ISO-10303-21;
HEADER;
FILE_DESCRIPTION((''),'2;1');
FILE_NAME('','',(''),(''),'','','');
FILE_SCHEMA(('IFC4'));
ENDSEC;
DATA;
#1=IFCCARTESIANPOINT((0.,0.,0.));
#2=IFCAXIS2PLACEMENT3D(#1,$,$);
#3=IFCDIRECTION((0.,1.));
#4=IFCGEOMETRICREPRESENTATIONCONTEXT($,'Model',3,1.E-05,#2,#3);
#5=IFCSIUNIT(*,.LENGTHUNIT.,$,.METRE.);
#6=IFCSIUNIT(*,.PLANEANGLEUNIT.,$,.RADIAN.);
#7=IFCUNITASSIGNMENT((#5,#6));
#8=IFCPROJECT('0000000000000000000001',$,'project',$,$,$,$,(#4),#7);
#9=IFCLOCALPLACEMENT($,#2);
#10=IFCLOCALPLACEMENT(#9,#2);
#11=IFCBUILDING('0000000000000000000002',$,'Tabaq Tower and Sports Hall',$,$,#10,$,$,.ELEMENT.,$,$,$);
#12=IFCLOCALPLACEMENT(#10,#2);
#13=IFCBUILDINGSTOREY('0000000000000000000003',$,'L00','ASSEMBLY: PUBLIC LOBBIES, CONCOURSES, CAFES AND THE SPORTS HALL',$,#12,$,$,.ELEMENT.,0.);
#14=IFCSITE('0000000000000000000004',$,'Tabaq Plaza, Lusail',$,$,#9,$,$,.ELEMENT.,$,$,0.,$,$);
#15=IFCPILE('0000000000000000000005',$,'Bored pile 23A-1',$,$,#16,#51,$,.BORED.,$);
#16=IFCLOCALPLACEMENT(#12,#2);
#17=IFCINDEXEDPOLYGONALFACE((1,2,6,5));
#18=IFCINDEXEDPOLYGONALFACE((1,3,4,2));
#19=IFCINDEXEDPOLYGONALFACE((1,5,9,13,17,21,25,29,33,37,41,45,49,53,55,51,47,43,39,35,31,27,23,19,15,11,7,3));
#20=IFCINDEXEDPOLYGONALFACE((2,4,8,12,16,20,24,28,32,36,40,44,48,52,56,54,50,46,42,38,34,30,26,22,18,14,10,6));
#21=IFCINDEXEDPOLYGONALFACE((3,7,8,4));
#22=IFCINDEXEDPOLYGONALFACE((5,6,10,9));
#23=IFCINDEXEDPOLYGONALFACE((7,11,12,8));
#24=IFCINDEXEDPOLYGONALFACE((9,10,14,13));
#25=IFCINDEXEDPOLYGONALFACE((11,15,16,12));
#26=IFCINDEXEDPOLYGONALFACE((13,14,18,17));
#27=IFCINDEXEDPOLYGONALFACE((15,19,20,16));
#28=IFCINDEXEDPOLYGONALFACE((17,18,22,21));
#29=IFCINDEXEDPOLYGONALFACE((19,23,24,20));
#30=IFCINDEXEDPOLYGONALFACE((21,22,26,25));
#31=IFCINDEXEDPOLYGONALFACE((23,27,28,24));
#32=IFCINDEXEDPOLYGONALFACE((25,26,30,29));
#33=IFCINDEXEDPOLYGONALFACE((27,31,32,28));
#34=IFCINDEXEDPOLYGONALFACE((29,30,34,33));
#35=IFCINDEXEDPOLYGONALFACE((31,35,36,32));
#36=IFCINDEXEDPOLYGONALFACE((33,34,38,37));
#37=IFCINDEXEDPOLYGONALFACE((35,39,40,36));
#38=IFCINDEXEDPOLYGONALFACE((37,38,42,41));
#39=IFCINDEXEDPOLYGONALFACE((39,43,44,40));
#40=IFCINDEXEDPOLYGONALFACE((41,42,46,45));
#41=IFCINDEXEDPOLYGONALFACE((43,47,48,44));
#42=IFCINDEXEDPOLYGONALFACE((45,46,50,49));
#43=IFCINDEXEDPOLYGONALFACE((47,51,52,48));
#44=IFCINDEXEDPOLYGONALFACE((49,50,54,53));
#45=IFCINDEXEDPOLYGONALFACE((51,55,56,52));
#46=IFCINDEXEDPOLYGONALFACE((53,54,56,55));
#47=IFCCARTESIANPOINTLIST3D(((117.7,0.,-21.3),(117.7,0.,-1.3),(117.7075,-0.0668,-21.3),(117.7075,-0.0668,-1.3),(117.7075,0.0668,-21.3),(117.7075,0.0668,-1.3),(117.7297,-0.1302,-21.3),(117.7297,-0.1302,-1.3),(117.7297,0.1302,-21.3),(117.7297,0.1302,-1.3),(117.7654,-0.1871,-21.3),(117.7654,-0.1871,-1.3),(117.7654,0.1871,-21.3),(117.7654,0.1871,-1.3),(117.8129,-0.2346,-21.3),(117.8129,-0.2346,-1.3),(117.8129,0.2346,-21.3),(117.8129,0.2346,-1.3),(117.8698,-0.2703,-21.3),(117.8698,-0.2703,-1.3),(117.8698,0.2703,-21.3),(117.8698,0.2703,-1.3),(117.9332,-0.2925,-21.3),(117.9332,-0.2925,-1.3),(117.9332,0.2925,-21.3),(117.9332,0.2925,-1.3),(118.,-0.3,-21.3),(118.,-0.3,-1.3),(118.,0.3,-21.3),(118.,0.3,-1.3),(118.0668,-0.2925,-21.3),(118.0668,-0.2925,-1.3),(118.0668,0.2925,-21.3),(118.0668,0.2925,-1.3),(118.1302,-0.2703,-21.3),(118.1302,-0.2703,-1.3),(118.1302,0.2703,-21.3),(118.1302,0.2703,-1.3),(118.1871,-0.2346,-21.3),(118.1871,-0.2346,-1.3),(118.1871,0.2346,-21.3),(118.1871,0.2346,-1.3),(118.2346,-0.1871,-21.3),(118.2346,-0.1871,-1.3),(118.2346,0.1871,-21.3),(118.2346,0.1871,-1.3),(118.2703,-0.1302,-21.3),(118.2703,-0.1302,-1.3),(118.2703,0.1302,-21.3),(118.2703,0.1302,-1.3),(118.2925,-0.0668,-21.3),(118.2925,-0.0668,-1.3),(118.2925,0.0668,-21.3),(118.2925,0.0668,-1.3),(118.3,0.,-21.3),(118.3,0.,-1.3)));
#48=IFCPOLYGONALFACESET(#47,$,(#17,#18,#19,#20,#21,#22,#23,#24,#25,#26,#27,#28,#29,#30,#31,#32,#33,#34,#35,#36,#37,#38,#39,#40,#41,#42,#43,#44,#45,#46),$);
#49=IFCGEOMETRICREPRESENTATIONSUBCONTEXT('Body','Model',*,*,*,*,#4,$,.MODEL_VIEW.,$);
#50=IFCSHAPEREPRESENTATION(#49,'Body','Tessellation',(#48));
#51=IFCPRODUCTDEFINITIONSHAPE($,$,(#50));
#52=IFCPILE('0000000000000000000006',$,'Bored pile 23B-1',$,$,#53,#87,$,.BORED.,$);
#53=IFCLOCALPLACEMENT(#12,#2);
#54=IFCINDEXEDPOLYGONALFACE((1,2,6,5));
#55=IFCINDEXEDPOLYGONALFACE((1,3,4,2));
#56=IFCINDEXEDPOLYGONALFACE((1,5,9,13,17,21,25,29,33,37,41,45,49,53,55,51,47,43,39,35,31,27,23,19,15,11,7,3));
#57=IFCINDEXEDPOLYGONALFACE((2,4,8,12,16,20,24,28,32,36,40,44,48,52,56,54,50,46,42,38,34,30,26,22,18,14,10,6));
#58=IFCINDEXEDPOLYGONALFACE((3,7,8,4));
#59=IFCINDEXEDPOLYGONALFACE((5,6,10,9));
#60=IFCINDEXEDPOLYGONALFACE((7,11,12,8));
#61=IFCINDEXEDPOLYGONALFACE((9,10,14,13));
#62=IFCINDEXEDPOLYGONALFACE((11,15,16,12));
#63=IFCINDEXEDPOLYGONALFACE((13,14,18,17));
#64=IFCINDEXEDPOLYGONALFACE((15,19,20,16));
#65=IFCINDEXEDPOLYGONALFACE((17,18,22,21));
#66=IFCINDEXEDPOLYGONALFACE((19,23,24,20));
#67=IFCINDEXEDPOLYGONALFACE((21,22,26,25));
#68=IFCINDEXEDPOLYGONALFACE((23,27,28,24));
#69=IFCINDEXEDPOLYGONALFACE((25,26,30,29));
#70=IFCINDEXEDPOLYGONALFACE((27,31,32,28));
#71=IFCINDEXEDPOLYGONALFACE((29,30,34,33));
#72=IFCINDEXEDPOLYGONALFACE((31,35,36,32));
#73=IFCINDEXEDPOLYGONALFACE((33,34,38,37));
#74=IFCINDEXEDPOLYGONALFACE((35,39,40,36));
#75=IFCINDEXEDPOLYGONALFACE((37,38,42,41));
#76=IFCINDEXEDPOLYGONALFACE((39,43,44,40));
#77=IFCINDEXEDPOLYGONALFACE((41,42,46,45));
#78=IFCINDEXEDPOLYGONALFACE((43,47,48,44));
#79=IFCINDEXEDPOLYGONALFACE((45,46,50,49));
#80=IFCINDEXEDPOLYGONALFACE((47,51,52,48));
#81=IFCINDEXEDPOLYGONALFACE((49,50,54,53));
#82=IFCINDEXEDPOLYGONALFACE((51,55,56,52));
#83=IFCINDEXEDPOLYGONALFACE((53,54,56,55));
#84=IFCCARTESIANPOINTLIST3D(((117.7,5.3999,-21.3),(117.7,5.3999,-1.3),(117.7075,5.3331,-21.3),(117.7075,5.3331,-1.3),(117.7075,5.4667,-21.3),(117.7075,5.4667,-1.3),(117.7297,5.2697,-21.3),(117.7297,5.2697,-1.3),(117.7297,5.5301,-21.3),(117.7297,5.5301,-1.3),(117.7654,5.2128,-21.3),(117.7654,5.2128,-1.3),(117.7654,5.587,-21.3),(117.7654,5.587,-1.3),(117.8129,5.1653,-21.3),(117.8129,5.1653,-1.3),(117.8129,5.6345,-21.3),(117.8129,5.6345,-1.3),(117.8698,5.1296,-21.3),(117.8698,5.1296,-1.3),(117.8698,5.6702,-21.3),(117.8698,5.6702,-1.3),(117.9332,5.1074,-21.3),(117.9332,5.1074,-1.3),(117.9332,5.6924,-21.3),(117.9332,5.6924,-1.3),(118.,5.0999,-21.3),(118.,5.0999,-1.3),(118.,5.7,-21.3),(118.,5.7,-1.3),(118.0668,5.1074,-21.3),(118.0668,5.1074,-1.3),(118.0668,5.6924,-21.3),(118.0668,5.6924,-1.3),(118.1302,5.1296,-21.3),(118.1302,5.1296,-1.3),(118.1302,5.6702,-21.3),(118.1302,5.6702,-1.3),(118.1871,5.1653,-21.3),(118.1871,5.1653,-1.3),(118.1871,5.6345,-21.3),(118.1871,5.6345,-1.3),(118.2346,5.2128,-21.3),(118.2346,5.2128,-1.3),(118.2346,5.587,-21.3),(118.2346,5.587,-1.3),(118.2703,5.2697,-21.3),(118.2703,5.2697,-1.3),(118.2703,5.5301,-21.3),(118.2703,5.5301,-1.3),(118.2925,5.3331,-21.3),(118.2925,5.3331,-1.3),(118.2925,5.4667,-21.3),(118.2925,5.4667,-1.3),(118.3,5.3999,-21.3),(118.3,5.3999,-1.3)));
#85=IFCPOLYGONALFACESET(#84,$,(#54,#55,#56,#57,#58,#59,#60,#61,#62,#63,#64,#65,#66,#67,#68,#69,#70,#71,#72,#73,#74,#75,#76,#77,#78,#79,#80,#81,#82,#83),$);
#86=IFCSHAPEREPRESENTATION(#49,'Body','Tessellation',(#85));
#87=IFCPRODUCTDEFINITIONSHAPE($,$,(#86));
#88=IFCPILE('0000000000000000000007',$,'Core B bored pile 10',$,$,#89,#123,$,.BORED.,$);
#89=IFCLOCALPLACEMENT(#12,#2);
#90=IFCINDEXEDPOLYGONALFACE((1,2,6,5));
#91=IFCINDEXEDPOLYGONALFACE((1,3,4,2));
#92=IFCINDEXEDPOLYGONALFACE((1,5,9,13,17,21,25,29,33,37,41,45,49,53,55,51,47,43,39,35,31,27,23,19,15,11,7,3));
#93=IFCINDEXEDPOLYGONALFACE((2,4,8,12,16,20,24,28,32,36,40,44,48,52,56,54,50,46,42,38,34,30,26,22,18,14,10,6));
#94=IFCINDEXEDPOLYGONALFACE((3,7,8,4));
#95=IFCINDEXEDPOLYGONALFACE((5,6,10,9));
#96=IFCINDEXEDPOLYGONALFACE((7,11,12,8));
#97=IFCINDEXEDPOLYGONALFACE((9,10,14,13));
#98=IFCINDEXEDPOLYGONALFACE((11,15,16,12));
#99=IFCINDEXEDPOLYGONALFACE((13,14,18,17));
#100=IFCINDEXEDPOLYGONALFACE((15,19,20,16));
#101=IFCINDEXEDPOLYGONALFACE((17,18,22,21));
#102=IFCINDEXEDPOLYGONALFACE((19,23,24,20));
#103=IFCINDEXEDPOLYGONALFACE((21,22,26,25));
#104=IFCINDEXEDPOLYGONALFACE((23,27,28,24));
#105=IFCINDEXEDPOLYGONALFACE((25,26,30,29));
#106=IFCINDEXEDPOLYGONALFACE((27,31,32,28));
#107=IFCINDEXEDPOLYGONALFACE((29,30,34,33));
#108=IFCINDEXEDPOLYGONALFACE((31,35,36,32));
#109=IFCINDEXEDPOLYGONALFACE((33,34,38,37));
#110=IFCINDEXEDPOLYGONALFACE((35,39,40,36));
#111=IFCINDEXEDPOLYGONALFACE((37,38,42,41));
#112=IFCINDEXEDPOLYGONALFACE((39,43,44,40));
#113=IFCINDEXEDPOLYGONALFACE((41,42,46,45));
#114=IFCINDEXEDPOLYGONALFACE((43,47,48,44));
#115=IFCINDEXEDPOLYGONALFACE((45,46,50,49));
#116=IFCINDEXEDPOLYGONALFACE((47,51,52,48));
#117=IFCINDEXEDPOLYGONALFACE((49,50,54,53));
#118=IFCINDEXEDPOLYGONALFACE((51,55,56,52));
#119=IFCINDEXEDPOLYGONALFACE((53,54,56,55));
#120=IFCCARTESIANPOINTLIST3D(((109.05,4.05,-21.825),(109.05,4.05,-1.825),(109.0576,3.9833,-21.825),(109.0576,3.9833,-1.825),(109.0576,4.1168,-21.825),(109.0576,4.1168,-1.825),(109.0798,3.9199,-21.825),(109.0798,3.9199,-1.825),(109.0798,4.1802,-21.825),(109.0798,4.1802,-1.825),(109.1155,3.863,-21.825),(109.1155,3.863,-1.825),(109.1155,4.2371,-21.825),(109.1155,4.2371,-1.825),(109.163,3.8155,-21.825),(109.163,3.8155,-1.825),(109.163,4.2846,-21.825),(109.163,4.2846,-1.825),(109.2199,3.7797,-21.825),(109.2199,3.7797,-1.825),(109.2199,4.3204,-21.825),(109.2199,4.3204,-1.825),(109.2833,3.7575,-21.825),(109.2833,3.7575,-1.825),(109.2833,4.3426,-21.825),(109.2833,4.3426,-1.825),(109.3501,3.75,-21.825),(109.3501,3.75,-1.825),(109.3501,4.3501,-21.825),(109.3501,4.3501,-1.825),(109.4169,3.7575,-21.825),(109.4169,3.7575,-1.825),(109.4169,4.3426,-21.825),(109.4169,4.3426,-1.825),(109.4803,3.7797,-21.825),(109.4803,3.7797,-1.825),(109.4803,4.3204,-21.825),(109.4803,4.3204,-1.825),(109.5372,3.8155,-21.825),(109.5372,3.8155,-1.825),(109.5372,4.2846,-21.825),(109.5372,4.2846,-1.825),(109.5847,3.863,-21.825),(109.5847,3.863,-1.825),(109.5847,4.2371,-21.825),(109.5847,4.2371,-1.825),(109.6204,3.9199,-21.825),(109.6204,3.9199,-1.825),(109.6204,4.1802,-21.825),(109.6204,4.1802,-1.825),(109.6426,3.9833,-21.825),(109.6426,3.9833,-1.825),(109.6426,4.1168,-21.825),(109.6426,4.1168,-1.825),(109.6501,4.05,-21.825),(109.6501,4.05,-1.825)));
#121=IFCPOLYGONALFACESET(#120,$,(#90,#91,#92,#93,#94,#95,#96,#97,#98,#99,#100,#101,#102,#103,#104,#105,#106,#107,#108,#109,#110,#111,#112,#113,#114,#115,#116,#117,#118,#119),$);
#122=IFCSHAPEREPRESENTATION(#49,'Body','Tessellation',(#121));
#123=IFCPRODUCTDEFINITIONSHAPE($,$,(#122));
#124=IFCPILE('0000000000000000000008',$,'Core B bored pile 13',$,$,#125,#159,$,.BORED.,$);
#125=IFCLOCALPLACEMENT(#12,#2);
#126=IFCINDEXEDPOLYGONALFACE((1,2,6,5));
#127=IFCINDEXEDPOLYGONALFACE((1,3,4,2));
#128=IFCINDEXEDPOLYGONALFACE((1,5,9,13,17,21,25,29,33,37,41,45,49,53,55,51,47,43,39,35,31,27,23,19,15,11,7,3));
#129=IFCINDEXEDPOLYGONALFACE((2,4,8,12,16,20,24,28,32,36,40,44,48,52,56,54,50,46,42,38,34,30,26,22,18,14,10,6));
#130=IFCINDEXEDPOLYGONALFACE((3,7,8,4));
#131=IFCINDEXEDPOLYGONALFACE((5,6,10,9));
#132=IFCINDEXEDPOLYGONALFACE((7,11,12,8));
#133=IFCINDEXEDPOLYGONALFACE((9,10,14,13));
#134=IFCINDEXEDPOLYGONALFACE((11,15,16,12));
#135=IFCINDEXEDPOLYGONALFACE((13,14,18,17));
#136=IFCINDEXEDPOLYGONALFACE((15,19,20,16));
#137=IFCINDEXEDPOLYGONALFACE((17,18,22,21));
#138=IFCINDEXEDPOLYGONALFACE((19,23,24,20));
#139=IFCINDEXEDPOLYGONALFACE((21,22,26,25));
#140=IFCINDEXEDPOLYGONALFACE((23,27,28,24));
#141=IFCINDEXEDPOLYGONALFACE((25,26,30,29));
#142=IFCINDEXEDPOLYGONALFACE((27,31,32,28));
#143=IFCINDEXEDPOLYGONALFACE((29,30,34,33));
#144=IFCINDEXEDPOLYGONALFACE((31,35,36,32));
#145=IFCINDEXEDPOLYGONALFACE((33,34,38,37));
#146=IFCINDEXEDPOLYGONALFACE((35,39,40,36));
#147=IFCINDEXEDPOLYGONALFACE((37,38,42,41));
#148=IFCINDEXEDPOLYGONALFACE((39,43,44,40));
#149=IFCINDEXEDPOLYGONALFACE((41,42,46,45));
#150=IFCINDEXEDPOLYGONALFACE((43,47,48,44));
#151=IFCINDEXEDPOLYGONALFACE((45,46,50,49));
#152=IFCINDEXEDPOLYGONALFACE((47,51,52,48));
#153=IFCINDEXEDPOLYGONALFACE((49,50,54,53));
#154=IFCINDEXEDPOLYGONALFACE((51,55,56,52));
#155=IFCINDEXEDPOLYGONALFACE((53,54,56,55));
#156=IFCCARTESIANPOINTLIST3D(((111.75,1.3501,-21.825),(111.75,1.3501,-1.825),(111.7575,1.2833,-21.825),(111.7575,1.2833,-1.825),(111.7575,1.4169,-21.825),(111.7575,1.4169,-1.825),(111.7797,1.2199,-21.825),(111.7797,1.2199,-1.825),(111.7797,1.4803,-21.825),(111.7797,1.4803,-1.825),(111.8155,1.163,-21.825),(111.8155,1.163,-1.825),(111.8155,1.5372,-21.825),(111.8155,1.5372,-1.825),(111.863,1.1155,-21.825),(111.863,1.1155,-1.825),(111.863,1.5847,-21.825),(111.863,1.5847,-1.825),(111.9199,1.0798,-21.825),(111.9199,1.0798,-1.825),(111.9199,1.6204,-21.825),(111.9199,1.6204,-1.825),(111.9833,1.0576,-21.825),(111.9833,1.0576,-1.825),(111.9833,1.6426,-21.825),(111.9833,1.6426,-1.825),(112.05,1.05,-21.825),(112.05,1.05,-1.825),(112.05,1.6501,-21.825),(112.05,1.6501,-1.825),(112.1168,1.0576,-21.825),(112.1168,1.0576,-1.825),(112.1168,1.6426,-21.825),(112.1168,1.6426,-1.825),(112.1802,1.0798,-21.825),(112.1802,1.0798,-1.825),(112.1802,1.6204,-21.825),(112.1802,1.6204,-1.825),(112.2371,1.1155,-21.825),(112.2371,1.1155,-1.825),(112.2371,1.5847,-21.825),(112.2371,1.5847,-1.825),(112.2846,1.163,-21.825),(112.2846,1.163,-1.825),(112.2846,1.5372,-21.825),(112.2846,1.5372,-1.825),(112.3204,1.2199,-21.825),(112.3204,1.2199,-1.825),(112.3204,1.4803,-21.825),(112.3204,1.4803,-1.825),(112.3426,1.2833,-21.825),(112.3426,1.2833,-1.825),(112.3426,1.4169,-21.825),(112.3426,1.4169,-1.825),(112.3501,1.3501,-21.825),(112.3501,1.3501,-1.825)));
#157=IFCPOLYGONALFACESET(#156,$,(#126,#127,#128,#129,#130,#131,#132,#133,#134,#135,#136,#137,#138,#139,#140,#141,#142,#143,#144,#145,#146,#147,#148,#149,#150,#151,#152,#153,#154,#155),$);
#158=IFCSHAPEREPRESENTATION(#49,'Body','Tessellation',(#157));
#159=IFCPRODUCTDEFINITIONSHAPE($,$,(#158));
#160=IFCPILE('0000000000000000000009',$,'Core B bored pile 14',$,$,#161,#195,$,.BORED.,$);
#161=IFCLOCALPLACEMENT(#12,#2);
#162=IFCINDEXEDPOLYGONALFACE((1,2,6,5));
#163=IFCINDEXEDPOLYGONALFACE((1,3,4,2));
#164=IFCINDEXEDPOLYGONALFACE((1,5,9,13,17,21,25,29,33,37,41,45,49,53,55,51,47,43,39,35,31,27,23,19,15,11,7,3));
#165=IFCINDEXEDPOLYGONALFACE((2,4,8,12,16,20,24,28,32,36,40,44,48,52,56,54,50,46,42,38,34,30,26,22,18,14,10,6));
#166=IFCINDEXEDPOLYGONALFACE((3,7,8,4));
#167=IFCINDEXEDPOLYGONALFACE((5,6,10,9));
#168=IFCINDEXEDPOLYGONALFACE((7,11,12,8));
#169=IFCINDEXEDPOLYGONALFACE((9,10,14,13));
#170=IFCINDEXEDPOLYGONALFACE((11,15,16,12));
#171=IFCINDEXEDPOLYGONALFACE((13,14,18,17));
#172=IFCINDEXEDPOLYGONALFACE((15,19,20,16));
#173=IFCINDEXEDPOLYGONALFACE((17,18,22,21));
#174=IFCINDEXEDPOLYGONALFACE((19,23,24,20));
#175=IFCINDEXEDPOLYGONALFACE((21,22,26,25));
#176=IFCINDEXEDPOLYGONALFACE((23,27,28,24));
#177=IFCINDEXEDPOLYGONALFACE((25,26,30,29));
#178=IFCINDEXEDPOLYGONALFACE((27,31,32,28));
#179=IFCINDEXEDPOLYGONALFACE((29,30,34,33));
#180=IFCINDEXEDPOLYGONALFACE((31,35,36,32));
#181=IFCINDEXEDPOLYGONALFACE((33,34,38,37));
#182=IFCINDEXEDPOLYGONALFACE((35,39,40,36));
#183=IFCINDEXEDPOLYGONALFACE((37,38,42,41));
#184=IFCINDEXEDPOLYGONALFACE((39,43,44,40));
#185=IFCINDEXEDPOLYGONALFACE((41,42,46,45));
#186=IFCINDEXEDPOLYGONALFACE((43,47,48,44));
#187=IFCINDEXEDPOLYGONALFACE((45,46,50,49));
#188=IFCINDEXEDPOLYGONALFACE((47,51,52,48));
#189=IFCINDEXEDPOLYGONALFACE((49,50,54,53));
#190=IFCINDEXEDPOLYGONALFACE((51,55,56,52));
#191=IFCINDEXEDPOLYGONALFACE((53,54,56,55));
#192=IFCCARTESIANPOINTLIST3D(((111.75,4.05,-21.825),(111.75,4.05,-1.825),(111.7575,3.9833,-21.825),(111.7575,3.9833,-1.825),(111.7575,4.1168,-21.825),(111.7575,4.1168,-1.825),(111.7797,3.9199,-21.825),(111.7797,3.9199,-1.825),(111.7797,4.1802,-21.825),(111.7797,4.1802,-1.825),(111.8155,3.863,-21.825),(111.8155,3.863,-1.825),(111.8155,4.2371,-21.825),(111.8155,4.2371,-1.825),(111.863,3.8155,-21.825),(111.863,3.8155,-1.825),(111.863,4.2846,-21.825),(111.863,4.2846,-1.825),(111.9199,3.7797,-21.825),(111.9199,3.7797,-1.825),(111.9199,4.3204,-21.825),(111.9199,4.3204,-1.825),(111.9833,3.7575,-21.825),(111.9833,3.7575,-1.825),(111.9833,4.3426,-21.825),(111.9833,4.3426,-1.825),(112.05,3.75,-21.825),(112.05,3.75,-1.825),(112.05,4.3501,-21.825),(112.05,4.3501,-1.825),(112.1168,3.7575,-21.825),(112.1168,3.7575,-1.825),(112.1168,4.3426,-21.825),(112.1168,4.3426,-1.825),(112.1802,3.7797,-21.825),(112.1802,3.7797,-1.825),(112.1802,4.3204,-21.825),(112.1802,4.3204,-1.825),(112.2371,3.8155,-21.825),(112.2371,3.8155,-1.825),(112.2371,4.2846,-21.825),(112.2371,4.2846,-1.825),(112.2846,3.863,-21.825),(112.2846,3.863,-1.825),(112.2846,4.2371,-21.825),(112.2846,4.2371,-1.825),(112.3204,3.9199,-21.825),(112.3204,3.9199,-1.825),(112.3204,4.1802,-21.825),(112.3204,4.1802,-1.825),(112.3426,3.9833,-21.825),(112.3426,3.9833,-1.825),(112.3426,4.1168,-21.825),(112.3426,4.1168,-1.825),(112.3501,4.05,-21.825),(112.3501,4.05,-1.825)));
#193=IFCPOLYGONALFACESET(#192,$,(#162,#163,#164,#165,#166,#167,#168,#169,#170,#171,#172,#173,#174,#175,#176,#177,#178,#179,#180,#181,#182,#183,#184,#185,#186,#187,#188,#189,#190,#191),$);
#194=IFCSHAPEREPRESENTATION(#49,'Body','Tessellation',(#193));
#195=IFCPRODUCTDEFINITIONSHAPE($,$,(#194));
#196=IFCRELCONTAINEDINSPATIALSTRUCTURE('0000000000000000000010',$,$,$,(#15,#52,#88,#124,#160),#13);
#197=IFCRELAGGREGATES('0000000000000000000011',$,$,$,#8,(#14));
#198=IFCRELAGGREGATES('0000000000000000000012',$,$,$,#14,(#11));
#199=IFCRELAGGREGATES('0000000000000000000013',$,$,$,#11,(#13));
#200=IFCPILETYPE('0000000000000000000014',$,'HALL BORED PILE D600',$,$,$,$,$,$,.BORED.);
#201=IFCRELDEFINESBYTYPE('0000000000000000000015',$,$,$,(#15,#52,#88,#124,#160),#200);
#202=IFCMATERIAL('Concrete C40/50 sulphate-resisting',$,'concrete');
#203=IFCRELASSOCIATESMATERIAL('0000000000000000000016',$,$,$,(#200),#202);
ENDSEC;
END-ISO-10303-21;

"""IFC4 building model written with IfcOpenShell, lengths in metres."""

from ifc_helpers import new_model, si_unit, direction, frame, origin, origin_2d, place, context, subcontext, project, spatial, circle, extrude, material, material_profile, profile_set, type_object, element, save


model = new_model("IFC4")

# Units and contexts
model_context = context("Model", 3, precision=1e-05, world=origin(), true_north=direction((0.0, 1.0)))
body_context = subcontext(model_context, "Body", "Model", "MODEL_VIEW")
ifc_project = project(units=[si_unit("LENGTHUNIT", "METRE"), si_unit("PLANEANGLEUNIT", "RADIAN")], contexts=[model_context])

# Site, building, storey
site_placement = place(None, origin())
site = spatial("IfcSite", under=ifc_project, at=site_placement, Name="Tabaq Plaza, Lusail", CompositionType="ELEMENT", RefElevation=0.0)
building_placement = place(site_placement, origin())
building = spatial("IfcBuilding", under=site, at=building_placement, Name="Tabaq Tower and Sports Hall", CompositionType="ELEMENT")
storey_placement = place(building_placement, origin())
storey = spatial("IfcBuildingStorey", under=building, at=storey_placement, Name="L00", Description="ASSEMBLY: PUBLIC LOBBIES, CONCOURSES, CAFES AND THE SPORTS HALL", CompositionType="ELEMENT", Elevation=0.0)

# Piles
ifc_material_1 = material(Name="Concrete C40/50 sulphate-resisting", Category="concrete")
ifc_material_profile_1 = material_profile(ifc_material_1, circle(Radius=0.3, at=origin_2d()), Name="D600")
ifc_profile_set_1 = profile_set([ifc_material_profile_1], Name="Concrete C40/50 sulphate-resisting")
pile_type = type_object("IfcPileType", Name="HALL BORED PILE D600", PredefinedType="BORED", material=ifc_profile_set_1)
for number, where, z_axis, x_axis, name in (
    (1, (118.0, 0.0, -1.3), (0.0, 0.0, -1.0), (1.0, 0.0, 0.0), "Bored pile 23A-1"),
    (2, (118.0, 5.3999, -1.3), (0.0, 0.0, -1.0), (1.0, 0.0, 0.0), "Bored pile 23B-1"),
    (3, (109.3501, 4.05, -1.825), (0.0, 0.0, -1.0), (1.0, 0.0, 0.0), "Core B bored pile 10"),
    (4, (112.05, 1.3501, -1.825), (0.0, 0.0, -1.0), (1.0, 0.0, 0.0), "Core B bored pile 13"),
    (5, (112.05, 4.05, -1.825), (0.0, 0.0, -1.0), (1.0, 0.0, 0.0), "Core B bored pile 14"),
):
    element("IfcPile", number, at=place(storey_placement, frame(where, z_axis=z_axis, x_axis=x_axis)), inside=storey, type_object=pile_type, Name=name, PredefinedType="BORED", context=body_context, shape_type="SweptSolid", body=[
        extrude(circle(Radius=0.3, at=origin_2d()), origin(), (0.0, 0.0, 1.0), 20.0),
    ])

save(model, "model.ifc")
